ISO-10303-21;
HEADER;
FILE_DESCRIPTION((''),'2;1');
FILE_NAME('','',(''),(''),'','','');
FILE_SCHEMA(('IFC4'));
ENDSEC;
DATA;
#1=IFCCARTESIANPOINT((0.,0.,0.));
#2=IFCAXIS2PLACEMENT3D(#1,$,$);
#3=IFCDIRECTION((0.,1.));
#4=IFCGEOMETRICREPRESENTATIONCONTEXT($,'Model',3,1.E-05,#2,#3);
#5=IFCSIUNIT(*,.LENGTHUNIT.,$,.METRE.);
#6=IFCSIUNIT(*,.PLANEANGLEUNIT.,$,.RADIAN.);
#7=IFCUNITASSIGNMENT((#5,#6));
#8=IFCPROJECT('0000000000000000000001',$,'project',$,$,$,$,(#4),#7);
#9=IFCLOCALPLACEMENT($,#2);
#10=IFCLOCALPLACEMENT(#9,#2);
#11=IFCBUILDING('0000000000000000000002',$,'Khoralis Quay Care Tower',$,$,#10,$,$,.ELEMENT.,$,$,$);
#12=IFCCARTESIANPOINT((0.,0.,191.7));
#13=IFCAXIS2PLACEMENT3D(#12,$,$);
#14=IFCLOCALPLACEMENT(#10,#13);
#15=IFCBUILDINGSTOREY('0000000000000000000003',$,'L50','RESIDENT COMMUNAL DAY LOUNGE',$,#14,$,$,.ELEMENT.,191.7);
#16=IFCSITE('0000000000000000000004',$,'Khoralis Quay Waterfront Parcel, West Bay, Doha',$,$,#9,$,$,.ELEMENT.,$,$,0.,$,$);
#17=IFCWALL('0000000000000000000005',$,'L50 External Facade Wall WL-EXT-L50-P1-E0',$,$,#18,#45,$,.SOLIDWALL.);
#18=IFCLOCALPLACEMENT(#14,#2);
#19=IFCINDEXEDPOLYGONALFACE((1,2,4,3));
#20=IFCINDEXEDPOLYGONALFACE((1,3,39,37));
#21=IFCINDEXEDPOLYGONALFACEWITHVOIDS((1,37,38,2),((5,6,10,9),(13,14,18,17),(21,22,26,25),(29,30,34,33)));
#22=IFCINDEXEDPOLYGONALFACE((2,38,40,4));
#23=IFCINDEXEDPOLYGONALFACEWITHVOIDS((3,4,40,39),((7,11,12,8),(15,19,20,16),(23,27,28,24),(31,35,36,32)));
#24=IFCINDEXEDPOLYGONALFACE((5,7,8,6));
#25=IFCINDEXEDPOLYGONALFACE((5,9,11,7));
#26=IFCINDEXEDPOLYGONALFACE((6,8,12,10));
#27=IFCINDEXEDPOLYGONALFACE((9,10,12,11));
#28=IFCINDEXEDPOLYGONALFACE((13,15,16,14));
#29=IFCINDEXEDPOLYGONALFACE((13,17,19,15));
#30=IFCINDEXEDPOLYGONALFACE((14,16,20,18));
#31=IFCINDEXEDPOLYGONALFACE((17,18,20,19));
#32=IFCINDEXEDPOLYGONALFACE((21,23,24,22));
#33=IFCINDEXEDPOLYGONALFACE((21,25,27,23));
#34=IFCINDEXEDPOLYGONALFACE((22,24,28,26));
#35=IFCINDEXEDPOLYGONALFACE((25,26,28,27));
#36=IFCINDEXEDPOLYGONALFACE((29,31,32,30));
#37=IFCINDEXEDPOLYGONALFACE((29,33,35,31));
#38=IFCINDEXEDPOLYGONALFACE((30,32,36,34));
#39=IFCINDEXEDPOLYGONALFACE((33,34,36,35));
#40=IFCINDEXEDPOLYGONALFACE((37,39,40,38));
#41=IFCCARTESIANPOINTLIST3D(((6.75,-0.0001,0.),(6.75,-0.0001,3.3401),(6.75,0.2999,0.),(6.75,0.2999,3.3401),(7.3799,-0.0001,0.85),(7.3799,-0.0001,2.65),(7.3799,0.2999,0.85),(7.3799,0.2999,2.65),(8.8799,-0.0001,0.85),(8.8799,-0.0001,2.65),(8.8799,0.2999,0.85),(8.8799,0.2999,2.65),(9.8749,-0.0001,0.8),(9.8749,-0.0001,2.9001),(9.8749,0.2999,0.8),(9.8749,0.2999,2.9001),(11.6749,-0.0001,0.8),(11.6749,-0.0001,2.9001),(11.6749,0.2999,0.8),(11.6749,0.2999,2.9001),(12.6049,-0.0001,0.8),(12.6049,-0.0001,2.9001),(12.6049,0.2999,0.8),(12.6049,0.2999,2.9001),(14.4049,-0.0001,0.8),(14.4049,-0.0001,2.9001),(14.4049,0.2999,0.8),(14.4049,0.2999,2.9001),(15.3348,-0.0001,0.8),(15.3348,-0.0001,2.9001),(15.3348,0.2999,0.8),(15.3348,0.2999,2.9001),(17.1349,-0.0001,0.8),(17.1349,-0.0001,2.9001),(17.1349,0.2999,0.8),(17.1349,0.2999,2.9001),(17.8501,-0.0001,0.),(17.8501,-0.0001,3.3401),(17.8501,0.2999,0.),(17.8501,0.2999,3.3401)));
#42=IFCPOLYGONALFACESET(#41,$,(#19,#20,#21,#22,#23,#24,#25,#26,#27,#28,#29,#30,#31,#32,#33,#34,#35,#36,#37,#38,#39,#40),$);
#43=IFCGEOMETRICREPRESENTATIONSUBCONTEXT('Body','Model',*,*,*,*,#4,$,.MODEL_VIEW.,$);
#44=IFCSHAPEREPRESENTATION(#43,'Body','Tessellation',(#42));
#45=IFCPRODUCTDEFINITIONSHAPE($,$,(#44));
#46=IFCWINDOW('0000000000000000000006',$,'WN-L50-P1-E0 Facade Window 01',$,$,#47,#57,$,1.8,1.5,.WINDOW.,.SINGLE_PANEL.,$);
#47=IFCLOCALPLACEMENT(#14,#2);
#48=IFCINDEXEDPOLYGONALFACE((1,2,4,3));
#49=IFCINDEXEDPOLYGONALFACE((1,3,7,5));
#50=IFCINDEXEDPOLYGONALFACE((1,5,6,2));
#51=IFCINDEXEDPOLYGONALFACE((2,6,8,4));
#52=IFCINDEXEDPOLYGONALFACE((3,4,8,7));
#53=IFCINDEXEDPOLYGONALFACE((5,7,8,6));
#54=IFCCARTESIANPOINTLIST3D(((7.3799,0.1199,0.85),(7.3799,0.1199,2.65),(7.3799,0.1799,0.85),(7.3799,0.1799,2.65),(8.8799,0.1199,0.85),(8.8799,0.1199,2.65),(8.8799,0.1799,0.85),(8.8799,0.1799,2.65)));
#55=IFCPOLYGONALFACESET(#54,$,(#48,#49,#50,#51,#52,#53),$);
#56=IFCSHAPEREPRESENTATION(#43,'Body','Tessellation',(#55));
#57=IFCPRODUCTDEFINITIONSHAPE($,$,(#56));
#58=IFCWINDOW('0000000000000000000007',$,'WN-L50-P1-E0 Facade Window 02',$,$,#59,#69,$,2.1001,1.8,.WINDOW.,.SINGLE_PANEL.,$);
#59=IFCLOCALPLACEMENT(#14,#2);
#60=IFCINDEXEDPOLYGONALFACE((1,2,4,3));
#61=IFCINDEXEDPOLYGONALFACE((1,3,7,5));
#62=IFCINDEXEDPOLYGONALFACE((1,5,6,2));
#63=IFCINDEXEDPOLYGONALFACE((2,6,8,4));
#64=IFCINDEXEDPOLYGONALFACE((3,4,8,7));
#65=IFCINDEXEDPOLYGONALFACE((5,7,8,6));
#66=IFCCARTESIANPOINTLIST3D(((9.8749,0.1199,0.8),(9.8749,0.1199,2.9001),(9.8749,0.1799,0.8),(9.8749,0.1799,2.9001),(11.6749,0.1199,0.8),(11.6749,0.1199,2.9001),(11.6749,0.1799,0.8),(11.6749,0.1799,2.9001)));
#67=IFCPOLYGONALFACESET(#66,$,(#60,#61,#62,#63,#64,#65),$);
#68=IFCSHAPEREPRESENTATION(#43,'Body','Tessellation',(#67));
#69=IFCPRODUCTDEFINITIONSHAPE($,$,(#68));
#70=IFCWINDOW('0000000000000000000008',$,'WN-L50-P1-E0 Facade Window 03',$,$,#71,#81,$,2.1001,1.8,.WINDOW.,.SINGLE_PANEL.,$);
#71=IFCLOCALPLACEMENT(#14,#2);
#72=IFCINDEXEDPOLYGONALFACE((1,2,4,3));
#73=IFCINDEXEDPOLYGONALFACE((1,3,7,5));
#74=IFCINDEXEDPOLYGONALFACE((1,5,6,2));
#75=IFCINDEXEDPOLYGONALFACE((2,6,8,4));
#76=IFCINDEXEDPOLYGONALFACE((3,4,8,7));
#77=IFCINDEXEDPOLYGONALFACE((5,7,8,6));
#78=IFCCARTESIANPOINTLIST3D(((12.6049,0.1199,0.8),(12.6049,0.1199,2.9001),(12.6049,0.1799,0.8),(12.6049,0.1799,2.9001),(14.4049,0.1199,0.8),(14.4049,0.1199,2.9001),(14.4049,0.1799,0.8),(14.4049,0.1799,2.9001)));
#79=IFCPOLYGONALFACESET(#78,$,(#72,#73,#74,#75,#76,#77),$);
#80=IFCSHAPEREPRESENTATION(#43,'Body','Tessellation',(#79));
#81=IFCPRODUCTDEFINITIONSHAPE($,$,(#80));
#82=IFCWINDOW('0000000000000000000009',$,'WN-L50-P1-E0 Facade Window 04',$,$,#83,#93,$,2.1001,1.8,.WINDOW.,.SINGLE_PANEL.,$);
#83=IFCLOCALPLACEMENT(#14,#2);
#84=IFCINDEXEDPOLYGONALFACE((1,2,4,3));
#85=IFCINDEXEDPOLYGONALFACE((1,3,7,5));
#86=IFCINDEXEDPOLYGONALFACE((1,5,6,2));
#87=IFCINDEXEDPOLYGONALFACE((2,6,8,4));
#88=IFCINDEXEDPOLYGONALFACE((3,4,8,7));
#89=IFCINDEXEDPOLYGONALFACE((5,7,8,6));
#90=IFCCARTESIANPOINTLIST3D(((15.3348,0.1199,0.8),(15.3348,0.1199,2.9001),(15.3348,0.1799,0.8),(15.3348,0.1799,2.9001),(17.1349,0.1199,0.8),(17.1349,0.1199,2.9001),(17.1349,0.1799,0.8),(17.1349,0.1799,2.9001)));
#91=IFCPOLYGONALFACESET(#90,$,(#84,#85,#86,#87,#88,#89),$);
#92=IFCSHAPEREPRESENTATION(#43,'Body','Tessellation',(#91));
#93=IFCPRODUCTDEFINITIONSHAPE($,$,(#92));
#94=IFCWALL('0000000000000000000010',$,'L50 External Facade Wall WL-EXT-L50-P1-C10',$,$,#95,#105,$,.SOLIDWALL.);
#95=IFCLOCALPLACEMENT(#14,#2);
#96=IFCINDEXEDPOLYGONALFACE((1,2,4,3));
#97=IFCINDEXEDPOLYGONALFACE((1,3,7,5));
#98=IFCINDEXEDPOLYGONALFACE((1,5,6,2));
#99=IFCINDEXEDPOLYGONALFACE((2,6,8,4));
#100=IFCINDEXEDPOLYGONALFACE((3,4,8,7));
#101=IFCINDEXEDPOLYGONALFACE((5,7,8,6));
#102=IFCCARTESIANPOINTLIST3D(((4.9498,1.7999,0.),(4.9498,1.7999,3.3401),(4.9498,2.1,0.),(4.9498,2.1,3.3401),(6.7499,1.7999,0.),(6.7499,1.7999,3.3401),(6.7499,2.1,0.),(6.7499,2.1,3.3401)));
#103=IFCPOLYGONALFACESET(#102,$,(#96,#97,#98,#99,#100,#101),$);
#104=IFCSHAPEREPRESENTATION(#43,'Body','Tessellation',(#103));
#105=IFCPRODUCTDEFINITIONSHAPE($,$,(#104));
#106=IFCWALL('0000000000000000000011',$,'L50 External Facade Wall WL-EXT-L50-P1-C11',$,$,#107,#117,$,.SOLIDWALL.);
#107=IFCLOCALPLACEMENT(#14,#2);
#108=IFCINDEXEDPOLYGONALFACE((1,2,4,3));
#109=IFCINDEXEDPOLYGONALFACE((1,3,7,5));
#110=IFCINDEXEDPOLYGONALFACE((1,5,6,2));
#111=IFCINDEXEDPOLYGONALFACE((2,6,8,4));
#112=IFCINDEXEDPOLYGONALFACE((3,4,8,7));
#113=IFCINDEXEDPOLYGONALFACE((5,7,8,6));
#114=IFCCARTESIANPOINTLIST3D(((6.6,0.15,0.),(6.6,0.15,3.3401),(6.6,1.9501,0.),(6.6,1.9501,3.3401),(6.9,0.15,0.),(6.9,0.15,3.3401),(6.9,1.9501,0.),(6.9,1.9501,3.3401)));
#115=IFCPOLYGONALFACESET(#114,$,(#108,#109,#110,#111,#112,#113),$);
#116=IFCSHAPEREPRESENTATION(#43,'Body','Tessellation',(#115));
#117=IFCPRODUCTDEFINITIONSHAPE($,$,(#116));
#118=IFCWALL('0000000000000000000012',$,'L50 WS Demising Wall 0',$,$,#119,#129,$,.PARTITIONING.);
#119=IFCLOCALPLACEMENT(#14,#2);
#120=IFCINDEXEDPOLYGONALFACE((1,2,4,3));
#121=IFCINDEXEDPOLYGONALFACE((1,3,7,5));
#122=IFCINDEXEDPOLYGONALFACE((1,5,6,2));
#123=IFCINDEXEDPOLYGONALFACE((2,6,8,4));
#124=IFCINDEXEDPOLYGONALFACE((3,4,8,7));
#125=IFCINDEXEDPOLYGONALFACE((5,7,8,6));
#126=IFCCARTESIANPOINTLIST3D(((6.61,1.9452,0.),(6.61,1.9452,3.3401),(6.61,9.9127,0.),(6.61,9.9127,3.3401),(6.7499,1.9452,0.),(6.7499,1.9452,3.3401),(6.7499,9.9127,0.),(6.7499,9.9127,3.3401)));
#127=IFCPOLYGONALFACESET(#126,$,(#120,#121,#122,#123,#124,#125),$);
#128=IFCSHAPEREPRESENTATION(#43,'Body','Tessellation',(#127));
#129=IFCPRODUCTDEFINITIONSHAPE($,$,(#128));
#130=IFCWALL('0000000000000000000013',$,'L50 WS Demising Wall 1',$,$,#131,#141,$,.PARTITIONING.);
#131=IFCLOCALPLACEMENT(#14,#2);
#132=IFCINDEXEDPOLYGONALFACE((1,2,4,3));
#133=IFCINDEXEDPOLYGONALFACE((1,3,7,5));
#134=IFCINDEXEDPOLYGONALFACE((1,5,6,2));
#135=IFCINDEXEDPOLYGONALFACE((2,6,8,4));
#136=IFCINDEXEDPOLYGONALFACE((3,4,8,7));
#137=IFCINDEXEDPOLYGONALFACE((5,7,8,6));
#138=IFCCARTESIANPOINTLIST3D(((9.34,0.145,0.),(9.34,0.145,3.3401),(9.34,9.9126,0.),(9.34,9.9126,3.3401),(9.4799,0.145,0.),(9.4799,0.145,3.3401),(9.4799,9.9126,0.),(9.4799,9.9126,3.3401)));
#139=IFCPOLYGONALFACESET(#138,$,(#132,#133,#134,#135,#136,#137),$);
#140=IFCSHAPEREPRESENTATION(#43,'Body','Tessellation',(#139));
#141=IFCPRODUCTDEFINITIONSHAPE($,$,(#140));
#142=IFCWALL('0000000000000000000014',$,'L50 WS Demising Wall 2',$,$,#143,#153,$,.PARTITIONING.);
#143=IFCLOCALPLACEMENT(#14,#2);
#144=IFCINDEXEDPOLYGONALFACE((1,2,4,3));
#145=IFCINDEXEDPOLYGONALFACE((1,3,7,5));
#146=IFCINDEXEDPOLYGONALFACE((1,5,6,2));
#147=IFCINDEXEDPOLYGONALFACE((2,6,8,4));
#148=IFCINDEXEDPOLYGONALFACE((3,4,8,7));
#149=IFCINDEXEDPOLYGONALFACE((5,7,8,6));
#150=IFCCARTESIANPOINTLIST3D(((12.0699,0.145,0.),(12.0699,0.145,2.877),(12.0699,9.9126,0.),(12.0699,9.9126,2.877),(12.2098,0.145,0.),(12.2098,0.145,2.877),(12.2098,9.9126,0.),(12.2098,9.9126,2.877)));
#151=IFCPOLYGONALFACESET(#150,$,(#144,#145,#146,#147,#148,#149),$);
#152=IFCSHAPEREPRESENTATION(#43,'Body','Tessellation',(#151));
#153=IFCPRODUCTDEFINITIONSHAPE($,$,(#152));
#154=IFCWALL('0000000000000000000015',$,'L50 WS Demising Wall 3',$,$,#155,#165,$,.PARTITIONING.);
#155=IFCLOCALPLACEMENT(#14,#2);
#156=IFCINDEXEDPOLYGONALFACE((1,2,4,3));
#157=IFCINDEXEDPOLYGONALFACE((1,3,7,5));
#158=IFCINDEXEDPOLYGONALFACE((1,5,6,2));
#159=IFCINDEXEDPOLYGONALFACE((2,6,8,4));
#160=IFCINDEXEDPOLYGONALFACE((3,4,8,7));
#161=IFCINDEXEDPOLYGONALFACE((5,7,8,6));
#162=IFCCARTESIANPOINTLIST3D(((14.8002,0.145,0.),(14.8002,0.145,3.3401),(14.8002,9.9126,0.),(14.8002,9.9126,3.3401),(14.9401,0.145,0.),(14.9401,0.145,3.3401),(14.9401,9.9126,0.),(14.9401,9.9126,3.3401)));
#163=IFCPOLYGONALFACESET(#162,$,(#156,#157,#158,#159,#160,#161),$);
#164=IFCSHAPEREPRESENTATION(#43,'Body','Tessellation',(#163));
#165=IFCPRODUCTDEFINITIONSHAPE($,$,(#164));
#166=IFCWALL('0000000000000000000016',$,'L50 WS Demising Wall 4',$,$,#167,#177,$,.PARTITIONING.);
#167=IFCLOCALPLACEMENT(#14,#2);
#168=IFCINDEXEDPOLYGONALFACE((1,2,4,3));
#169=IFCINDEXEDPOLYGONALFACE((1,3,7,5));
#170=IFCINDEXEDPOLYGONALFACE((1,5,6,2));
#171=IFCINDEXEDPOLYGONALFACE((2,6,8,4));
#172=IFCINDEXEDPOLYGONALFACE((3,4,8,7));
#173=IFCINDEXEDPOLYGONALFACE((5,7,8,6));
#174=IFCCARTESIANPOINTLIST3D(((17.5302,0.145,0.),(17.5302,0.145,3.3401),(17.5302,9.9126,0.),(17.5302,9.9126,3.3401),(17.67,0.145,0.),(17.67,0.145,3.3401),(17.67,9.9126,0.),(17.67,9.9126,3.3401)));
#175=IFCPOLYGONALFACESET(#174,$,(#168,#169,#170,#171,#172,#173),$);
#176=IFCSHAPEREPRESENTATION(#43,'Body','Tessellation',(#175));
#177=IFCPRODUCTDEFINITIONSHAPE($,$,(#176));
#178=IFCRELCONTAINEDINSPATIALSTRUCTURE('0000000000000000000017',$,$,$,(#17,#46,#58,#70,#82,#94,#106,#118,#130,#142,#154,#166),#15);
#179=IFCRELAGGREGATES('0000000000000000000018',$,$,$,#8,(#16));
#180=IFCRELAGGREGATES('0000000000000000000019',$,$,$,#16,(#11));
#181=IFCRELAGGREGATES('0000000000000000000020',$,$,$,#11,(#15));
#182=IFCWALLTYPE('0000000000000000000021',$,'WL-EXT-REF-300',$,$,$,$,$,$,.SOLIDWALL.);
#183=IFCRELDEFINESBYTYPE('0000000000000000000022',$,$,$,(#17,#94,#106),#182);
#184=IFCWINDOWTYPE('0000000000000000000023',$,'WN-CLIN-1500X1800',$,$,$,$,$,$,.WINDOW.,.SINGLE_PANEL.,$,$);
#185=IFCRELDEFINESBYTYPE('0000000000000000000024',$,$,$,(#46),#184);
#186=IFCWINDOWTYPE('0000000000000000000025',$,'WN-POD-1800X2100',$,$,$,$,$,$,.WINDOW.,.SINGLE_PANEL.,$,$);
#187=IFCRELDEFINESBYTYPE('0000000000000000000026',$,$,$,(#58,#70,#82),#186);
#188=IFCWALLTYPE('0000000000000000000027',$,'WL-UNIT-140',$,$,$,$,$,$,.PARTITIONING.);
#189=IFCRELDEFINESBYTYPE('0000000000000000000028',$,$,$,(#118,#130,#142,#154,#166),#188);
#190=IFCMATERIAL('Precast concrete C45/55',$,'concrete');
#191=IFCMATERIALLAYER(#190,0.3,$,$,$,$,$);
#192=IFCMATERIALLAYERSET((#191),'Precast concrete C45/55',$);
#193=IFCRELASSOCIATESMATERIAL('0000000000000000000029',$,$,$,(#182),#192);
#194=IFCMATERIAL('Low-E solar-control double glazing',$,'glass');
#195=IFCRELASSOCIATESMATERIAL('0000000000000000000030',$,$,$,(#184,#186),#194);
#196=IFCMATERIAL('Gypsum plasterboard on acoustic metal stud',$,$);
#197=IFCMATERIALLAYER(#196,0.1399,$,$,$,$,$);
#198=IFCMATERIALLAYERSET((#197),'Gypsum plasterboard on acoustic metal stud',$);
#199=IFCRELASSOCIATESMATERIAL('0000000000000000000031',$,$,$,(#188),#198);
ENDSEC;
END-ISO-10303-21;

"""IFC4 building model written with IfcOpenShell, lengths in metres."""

from ifc_helpers import new_model, si_unit, direction, frame, frame_2d, origin, place, context, subcontext, project, spatial, rectangle, extrude, source, transform, mapped, material, layer, layer_set, type_object, element, fill, save


model = new_model("IFC4")

# Units and contexts
model_context = context("Model", 3, precision=1e-05, world=origin(), true_north=direction((0.0, 1.0)))
body_context = subcontext(model_context, "Body", "Model", "MODEL_VIEW")
ifc_project = project(units=[si_unit("LENGTHUNIT", "METRE"), si_unit("PLANEANGLEUNIT", "RADIAN")], contexts=[model_context])

# Site, building, storey
site_placement = place(None, origin())
site = spatial("IfcSite", under=ifc_project, at=site_placement, Name="Khoralis Quay Waterfront Parcel, West Bay, Doha", CompositionType="ELEMENT", RefElevation=0.0)
building_placement = place(site_placement, origin())
building = spatial("IfcBuilding", under=site, at=building_placement, Name="Khoralis Quay Care Tower", CompositionType="ELEMENT")
storey_placement = place(building_placement, frame((0.0, 0.0, 191.7)))
storey = spatial("IfcBuildingStorey", under=building, at=storey_placement, Name="L50", Description="RESIDENT COMMUNAL DAY LOUNGE", CompositionType="ELEMENT", Elevation=191.7)

# Shared definitions
ifc_material_1 = material(Name="Low-E solar-control double glazing", Category="glass")

# Wall, openings, windows
ifc_material_2 = material(Name="Precast concrete C45/55", Category="concrete")
ifc_layer_1 = layer(ifc_material_2, 0.3)
ifc_layer_set_1 = layer_set([ifc_layer_1], Name="Precast concrete C45/55")
wall_type_1 = type_object("IfcWallType", Name="WL-EXT-REF-300", PredefinedType="SOLIDWALL", material=ifc_layer_set_1)
wall_1_placement = place(storey_placement, frame((6.75, 0.1499, 0.0), z_axis=(0.0, 0.0, 1.0), x_axis=(1.0, 0.0, 0.0)))
wall_1 = element("IfcWall", 1, at=wall_1_placement, inside=storey, type_object=wall_type_1, Name="L50 External Facade Wall WL-EXT-L50-P1-E0", PredefinedType="SOLIDWALL", context=body_context, shape_type="SweptSolid", body=[
    extrude(rectangle(XDim=11.1001, YDim=0.3, at=frame_2d((5.55, 0.0))), origin(), (0.0, 0.0, 1.0), 3.3401),
])
opening_1_placement = place(wall_1_placement, frame((0.6299, 0.0, 0.8501)))
opening_1 = element("IfcOpeningElement", 2, at=opening_1_placement, cuts=wall_1, PredefinedType="OPENING", context=body_context, shape_type="SweptSolid", body=[
    extrude(rectangle(XDim=1.5, YDim=1.8, at=frame_2d((0.75, 0.8999))), frame((0.0, 0.1602, 0.0), z_axis=(0.0, -1.0, 0.0), x_axis=(1.0, 0.0, 0.0)), (0.0, 0.0, 1.0), 0.3201),
])
opening_2_placement = place(wall_1_placement, frame((3.125, 0.0, 0.8)))
opening_2 = element("IfcOpeningElement", 3, at=opening_2_placement, cuts=wall_1, PredefinedType="OPENING", context=body_context, shape_type="SweptSolid", body=[
    extrude(rectangle(XDim=1.8, YDim=2.1001, at=frame_2d((0.8999, 1.05))), frame((0.0, 0.1602, 0.0), z_axis=(0.0, -1.0, 0.0), x_axis=(1.0, 0.0, 0.0)), (0.0, 0.0, 1.0), 0.3201),
])
opening_3_placement = place(wall_1_placement, frame((5.855, 0.0, 0.8)))
opening_3 = element("IfcOpeningElement", 4, at=opening_3_placement, cuts=wall_1, PredefinedType="OPENING", context=body_context, shape_type="SweptSolid", body=[
    extrude(rectangle(XDim=1.8, YDim=2.1001, at=frame_2d((0.8999, 1.05))), frame((0.0, 0.1602, 0.0), z_axis=(0.0, -1.0, 0.0), x_axis=(1.0, 0.0, 0.0)), (0.0, 0.0, 1.0), 0.3201),
])
opening_4_placement = place(wall_1_placement, frame((8.585, 0.0, 0.8)))
opening_4 = element("IfcOpeningElement", 5, at=opening_4_placement, cuts=wall_1, PredefinedType="OPENING", context=body_context, shape_type="SweptSolid", body=[
    extrude(rectangle(XDim=1.8, YDim=2.1001, at=frame_2d((0.8999, 1.05))), frame((0.0, 0.1602, 0.0), z_axis=(0.0, -1.0, 0.0), x_axis=(1.0, 0.0, 0.0)), (0.0, 0.0, 1.0), 0.3201),
])
window_type_1 = type_object("IfcWindowType", Name="WN-CLIN-1500X1800", PartitioningType="SINGLE_PANEL", PredefinedType="WINDOW", material=ifc_material_1)
shared_shape_1 = source(origin(), body_context, "Body", "SweptSolid", [
    extrude(rectangle(XDim=1.5, YDim=1.8, at=frame_2d((0.75, 0.8999))), frame((0.0, 0.03, 0.0), z_axis=(0.0, -1.0, 0.0), x_axis=(1.0, 0.0, 0.0)), (0.0, 0.0, 1.0), 0.0601),
])
window_1_placement = place(opening_1_placement, origin())
window_1 = element("IfcWindow", 6, at=window_1_placement, inside=storey, type_object=window_type_1, Name="WN-L50-P1-E0 Facade Window 01", OverallHeight=1.8, OverallWidth=1.5, PartitioningType="SINGLE_PANEL", PredefinedType="WINDOW", context=body_context, shape_type="MappedRepresentation", body=[
    mapped(shared_shape_1, transform((0.0, 0.0, 0.0), scale=1.0)),
])
fill(opening_1, window_1)
window_type_2 = type_object("IfcWindowType", Name="WN-POD-1800X2100", PartitioningType="SINGLE_PANEL", PredefinedType="WINDOW", material=ifc_material_1)
shared_shape_2 = source(origin(), body_context, "Body", "SweptSolid", [
    extrude(rectangle(XDim=1.8, YDim=2.1001, at=frame_2d((0.8999, 1.05))), frame((0.0, 0.03, 0.0), z_axis=(0.0, -1.0, 0.0), x_axis=(1.0, 0.0, 0.0)), (0.0, 0.0, 1.0), 0.0601),
])
window_2_placement = place(opening_2_placement, origin())
window_2 = element("IfcWindow", 7, at=window_2_placement, inside=storey, type_object=window_type_2, Name="WN-L50-P1-E0 Facade Window 02", OverallHeight=2.1001, OverallWidth=1.8, PartitioningType="SINGLE_PANEL", PredefinedType="WINDOW", context=body_context, shape_type="MappedRepresentation", body=[
    mapped(shared_shape_2, transform((0.0, 0.0, 0.0), scale=1.0)),
])
fill(opening_2, window_2)
window_3_placement = place(opening_3_placement, origin())
window_3 = element("IfcWindow", 8, at=window_3_placement, inside=storey, type_object=window_type_2, Name="WN-L50-P1-E0 Facade Window 03", OverallHeight=2.1001, OverallWidth=1.8, PartitioningType="SINGLE_PANEL", PredefinedType="WINDOW", context=body_context, shape_type="MappedRepresentation", body=[
    mapped(shared_shape_2, transform((0.0, 0.0, 0.0), scale=1.0)),
])
fill(opening_3, window_3)
window_4_placement = place(opening_4_placement, origin())
window_4 = element("IfcWindow", 9, at=window_4_placement, inside=storey, type_object=window_type_2, Name="WN-L50-P1-E0 Facade Window 04", OverallHeight=2.1001, OverallWidth=1.8, PartitioningType="SINGLE_PANEL", PredefinedType="WINDOW", context=body_context, shape_type="MappedRepresentation", body=[
    mapped(shared_shape_2, transform((0.0, 0.0, 0.0), scale=1.0)),
])
fill(opening_4, window_4)

# Walls
for number, where, z_axis, x_axis, name in (
    (10, (4.95, 1.95, 0.0), (0.0, 0.0, 1.0), (1.0, 0.0, 0.0), "L50 External Facade Wall WL-EXT-L50-P1-C10"),
    (11, (6.75, 1.95, 0.0), (0.0, 0.0, 1.0), (0.0, -1.0, 0.0), "L50 External Facade Wall WL-EXT-L50-P1-C11"),
):
    element("IfcWall", number, at=place(storey_placement, frame(where, z_axis=z_axis, x_axis=x_axis)), inside=storey, type_object=wall_type_1, Name=name, PredefinedType="SOLIDWALL", context=body_context, shape_type="SweptSolid", body=[
        extrude(rectangle(XDim=1.8, YDim=0.3, at=frame_2d((0.8999, 0.0))), origin(), (0.0, 0.0, 1.0), 3.3401),
    ])
ifc_material_3 = material(Name="Gypsum plasterboard on acoustic metal stud")
ifc_layer_2 = layer(ifc_material_3, 0.1399)
ifc_layer_set_2 = layer_set([ifc_layer_2], Name="Gypsum plasterboard on acoustic metal stud")
wall_type_2 = type_object("IfcWallType", Name="WL-UNIT-140", PredefinedType="PARTITIONING", material=ifc_layer_set_2)
wall_2_placement = place(storey_placement, frame((6.6799, 1.9451, 0.0), z_axis=(0.0, 0.0, 1.0), x_axis=(0.0, 1.0, 0.0)))
element("IfcWall", 12, at=wall_2_placement, inside=storey, type_object=wall_type_2, Name="L50 WS Demising Wall 0", PredefinedType="PARTITIONING", context=body_context, shape_type="SweptSolid", body=[
    extrude(rectangle(XDim=7.9675, YDim=0.1399, at=frame_2d((3.9839, 0.0))), origin(), (0.0, 0.0, 1.0), 3.3401),
])
wall_3_placement = place(storey_placement, frame((9.4099, 0.145, 0.0), z_axis=(0.0, 0.0, 1.0), x_axis=(0.0, 1.0, 0.0)))
element("IfcWall", 13, at=wall_3_placement, inside=storey, type_object=wall_type_2, Name="L50 WS Demising Wall 1", PredefinedType="PARTITIONING", context=body_context, shape_type="SweptSolid", body=[
    extrude(rectangle(XDim=9.7676, YDim=0.1399, at=frame_2d((4.8838, 0.0))), origin(), (0.0, 0.0, 1.0), 3.3401),
])
wall_4_placement = place(storey_placement, frame((12.1399, 0.145, 0.0), z_axis=(0.0, 0.0, 1.0), x_axis=(0.0, 1.0, 0.0)))
element("IfcWall", 14, at=wall_4_placement, inside=storey, type_object=wall_type_2, Name="L50 WS Demising Wall 2", PredefinedType="PARTITIONING", context=body_context, shape_type="SweptSolid", body=[
    extrude(rectangle(XDim=9.7676, YDim=0.1399, at=frame_2d((4.8838, 0.0))), origin(), (0.0, 0.0, 1.0), 2.877),
])
for number, where, z_axis, x_axis, name in (
    (15, (14.8701, 0.145, 0.0), (0.0, 0.0, 1.0), (0.0, 1.0, 0.0), "L50 WS Demising Wall 3"),
    (16, (17.6001, 0.145, 0.0), (0.0, 0.0, 1.0), (0.0, 1.0, 0.0), "L50 WS Demising Wall 4"),
):
    element("IfcWall", number, at=place(storey_placement, frame(where, z_axis=z_axis, x_axis=x_axis)), inside=storey, type_object=wall_type_2, Name=name, PredefinedType="PARTITIONING", context=body_context, shape_type="SweptSolid", body=[
        extrude(rectangle(XDim=9.7676, YDim=0.1399, at=frame_2d((4.8838, 0.0))), origin(), (0.0, 0.0, 1.0), 3.3401),
    ])

save(model, "model.ifc")
